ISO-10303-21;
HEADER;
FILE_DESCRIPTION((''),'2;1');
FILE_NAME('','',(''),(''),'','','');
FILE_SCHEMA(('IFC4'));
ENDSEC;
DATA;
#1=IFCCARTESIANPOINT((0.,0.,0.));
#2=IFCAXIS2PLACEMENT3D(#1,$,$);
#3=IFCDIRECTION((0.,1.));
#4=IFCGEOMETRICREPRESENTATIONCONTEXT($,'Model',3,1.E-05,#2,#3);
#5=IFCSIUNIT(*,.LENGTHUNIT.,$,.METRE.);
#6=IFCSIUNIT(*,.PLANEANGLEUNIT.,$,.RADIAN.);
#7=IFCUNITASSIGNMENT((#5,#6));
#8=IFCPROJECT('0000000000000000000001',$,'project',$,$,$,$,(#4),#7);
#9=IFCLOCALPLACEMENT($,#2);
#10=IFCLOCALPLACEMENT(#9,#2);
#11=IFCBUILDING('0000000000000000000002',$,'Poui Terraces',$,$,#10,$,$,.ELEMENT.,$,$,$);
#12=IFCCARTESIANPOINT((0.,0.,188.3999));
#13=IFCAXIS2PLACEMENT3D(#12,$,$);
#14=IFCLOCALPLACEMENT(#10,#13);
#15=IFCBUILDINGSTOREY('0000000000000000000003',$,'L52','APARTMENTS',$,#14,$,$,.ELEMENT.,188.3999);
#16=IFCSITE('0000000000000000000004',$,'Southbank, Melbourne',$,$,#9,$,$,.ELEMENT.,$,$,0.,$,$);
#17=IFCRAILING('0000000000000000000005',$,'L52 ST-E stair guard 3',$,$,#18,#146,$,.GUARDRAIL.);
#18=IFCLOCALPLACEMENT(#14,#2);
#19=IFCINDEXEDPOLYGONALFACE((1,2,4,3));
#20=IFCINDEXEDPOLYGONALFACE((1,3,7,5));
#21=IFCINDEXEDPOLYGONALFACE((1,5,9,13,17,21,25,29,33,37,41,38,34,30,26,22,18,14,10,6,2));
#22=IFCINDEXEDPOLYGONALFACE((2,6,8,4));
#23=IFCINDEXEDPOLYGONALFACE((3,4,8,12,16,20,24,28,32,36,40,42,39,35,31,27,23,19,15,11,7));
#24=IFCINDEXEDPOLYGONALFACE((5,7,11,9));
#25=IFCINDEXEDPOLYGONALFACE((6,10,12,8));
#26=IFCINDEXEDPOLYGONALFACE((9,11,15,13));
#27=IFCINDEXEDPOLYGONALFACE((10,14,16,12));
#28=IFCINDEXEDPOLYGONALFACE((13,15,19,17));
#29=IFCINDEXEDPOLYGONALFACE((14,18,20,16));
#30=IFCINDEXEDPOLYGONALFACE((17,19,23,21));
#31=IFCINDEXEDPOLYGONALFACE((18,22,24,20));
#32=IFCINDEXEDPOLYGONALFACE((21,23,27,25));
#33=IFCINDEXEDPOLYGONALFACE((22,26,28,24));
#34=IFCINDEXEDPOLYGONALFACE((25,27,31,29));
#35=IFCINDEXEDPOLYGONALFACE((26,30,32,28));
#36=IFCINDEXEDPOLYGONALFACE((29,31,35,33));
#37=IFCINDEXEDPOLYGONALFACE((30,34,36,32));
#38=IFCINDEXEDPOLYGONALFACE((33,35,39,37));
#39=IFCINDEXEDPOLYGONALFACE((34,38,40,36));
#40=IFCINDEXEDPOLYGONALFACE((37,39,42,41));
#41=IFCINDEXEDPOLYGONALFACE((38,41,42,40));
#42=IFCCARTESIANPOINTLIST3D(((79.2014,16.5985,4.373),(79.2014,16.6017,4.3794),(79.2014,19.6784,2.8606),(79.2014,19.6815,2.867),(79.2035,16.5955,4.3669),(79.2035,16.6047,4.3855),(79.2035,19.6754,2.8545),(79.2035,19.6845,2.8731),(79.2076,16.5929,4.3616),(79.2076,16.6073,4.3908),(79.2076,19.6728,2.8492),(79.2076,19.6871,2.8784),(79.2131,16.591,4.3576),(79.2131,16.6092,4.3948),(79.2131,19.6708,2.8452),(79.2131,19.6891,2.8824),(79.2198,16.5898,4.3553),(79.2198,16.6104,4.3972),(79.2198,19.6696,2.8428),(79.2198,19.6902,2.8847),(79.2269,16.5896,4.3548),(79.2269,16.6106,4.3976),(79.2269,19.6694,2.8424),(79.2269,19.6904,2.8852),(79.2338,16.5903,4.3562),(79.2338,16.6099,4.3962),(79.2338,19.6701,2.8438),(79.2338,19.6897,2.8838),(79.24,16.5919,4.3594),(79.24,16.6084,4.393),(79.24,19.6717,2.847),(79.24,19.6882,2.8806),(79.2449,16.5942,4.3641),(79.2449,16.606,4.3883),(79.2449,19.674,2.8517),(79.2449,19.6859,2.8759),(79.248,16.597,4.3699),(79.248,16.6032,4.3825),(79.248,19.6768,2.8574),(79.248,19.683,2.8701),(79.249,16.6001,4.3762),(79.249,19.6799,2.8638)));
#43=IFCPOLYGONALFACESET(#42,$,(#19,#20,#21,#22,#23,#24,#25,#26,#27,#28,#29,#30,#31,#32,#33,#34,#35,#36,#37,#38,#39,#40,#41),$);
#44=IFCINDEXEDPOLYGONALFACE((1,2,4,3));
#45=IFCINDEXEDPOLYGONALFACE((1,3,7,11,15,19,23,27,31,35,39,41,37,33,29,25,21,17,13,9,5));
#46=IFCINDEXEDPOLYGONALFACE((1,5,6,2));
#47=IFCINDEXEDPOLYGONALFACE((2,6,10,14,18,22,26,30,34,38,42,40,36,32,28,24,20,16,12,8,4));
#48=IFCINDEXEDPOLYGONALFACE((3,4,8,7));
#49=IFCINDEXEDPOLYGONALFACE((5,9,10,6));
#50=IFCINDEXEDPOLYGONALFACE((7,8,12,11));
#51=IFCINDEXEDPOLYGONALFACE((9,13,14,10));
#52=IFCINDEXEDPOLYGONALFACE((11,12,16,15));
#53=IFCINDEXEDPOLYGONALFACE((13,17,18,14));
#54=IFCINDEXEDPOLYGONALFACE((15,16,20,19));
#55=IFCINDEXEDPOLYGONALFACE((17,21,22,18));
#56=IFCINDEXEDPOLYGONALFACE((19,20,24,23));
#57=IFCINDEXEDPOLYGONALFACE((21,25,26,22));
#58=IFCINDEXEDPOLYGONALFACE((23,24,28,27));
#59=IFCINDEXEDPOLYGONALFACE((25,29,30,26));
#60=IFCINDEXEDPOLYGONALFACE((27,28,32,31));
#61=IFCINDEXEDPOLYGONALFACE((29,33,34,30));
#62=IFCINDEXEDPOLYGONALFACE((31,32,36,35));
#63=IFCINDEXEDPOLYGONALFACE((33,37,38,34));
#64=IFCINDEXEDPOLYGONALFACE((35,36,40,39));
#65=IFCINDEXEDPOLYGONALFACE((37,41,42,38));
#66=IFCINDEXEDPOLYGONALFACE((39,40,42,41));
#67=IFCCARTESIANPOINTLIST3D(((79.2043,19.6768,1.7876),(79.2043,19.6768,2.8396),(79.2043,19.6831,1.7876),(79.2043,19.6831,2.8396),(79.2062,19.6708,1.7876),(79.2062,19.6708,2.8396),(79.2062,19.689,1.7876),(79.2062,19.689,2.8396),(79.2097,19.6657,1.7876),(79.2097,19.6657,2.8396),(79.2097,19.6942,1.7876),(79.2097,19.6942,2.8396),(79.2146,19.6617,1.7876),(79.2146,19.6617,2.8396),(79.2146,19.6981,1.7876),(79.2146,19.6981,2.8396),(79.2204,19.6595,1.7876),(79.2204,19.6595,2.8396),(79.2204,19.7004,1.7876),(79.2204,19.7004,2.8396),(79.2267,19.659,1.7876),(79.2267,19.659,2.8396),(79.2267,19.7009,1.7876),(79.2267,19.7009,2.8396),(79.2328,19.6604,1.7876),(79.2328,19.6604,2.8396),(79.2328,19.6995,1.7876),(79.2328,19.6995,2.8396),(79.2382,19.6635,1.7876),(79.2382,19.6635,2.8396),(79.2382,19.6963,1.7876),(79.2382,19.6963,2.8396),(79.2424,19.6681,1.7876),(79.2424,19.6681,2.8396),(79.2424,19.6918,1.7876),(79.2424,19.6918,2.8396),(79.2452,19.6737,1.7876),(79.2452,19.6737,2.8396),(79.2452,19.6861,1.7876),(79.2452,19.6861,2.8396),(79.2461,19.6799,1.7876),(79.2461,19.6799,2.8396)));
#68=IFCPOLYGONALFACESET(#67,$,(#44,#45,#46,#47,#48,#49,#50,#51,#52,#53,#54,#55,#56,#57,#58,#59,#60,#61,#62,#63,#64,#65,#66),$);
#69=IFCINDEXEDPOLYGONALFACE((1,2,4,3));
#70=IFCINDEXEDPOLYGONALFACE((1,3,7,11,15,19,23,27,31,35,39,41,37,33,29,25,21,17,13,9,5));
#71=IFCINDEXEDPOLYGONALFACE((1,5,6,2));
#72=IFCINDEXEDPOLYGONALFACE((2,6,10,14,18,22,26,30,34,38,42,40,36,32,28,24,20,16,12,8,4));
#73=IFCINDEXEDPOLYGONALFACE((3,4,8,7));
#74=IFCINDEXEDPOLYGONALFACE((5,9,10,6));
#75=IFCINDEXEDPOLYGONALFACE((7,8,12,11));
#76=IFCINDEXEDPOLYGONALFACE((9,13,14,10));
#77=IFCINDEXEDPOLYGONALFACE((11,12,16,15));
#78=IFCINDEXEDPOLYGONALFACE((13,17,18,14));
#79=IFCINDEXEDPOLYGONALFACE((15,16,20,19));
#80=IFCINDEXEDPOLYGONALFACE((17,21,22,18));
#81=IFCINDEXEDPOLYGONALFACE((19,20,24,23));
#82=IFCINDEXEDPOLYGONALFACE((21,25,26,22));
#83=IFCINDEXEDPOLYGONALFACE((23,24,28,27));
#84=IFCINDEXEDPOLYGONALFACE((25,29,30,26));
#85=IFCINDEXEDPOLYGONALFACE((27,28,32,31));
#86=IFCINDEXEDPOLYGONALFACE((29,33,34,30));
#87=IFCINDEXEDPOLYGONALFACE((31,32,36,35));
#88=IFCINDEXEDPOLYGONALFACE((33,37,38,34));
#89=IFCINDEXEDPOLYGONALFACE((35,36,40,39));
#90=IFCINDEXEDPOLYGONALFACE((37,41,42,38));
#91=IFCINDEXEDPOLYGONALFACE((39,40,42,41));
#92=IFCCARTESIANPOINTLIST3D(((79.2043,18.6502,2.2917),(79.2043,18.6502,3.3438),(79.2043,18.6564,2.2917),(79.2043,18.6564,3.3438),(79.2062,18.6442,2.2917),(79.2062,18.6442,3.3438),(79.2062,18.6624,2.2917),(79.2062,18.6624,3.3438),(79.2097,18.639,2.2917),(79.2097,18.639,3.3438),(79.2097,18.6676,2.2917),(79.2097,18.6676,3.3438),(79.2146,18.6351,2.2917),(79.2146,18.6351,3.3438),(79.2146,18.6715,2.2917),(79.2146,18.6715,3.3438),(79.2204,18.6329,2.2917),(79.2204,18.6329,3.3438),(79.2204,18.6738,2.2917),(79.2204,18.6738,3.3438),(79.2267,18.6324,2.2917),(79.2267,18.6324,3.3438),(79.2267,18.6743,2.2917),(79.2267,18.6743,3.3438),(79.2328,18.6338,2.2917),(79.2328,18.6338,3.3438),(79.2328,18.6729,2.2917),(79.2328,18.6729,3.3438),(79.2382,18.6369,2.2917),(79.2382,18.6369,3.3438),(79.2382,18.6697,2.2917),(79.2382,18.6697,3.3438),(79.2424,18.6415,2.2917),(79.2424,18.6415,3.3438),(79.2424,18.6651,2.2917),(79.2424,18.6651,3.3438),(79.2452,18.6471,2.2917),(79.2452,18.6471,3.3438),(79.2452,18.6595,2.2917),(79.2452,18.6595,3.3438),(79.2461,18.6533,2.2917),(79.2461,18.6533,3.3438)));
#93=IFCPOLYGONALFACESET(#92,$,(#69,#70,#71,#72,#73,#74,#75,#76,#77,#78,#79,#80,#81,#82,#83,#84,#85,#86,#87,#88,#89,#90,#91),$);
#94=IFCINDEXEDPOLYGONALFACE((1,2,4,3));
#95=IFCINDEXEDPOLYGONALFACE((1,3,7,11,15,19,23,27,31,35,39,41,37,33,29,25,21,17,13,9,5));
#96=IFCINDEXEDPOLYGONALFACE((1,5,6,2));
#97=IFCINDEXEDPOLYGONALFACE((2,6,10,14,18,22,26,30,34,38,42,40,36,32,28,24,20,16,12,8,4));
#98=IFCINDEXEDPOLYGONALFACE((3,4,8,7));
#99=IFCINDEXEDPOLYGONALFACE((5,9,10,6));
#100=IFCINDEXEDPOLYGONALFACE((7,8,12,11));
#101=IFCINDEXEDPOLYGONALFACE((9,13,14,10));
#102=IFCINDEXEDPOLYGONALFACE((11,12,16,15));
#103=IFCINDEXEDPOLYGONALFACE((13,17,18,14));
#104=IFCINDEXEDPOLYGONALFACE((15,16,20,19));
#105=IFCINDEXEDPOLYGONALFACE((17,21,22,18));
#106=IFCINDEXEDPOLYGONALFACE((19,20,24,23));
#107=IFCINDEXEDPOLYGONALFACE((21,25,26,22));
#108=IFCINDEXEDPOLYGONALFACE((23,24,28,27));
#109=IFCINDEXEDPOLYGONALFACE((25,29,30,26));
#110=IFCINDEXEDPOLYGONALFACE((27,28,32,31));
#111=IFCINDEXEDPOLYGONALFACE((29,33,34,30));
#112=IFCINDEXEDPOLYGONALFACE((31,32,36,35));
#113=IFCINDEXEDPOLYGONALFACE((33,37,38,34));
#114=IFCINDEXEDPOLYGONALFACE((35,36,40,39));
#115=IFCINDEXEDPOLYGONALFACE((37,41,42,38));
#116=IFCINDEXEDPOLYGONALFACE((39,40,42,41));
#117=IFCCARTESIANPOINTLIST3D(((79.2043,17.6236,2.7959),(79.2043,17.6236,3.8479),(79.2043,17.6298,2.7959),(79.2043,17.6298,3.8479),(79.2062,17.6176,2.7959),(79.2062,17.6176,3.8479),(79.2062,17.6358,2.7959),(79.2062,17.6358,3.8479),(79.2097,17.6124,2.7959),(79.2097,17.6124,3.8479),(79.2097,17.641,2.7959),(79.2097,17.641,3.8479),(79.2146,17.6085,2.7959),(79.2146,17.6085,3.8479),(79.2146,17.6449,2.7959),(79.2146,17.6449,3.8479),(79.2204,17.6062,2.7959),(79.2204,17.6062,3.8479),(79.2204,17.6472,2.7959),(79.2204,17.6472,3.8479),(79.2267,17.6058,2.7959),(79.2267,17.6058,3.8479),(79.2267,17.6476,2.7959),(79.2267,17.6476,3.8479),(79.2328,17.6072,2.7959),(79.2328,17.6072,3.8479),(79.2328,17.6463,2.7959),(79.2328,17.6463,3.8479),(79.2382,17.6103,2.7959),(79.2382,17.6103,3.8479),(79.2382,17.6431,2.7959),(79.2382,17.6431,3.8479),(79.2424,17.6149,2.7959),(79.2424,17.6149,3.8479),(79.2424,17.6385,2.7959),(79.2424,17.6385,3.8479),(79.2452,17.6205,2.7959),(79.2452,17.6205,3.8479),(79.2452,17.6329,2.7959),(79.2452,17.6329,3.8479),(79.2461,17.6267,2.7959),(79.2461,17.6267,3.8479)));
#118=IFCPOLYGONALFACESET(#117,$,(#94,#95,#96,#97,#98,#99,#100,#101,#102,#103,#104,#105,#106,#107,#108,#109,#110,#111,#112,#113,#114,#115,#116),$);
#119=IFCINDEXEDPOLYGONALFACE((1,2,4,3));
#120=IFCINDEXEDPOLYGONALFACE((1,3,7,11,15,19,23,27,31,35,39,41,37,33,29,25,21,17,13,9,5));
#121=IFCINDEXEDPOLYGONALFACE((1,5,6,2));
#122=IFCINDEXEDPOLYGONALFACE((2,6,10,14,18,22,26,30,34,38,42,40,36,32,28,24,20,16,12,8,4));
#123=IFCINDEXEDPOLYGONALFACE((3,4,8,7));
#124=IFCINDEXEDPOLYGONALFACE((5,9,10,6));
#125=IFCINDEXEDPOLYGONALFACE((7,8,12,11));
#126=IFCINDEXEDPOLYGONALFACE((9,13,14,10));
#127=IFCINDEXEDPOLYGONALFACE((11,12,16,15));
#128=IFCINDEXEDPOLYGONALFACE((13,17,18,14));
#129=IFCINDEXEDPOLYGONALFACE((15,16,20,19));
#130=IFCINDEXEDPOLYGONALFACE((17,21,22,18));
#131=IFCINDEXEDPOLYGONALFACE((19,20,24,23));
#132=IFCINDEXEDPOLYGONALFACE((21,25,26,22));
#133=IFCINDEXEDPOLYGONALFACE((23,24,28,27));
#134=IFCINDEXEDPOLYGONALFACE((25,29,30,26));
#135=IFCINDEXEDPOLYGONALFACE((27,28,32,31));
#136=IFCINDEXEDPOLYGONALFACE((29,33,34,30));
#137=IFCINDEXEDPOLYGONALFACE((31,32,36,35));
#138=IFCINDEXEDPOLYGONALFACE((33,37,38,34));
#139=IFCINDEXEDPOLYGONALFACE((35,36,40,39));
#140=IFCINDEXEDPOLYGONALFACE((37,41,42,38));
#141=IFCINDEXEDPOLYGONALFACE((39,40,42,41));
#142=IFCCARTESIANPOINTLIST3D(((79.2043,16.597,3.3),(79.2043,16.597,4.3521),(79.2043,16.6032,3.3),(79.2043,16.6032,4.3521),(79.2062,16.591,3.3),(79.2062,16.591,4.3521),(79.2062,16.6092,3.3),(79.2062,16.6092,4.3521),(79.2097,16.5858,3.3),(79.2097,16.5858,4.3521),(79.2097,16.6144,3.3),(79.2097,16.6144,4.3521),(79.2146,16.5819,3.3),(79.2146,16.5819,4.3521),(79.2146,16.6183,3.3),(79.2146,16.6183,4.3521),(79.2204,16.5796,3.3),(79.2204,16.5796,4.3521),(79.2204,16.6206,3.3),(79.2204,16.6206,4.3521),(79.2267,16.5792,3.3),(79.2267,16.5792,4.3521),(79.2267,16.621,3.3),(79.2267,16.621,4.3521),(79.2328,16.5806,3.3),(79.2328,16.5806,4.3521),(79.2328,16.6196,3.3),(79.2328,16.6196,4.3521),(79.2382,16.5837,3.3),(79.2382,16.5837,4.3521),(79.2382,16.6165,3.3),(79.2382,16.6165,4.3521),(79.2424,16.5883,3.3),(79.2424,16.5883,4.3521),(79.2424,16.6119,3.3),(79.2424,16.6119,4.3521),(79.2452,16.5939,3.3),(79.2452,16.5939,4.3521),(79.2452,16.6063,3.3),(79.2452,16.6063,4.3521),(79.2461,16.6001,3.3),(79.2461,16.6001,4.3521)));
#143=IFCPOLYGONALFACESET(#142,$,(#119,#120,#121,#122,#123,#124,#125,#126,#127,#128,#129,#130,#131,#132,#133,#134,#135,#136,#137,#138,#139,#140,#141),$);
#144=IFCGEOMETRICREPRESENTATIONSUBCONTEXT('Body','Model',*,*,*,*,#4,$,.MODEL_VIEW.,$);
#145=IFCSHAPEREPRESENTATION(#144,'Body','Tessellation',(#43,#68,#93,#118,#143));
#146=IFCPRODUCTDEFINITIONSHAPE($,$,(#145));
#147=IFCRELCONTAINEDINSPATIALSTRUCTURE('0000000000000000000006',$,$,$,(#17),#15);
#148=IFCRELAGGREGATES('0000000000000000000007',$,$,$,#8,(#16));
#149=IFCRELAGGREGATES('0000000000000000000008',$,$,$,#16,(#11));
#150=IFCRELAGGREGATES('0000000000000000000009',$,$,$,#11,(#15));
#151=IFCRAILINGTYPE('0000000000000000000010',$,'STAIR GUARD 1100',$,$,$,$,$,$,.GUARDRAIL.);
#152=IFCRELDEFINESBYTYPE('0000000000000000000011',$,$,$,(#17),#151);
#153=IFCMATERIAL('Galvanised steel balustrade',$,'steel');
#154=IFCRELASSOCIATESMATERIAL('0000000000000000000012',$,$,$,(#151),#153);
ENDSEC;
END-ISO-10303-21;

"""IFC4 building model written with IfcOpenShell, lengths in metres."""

from ifc_helpers import new_model, si_unit, direction, frame, origin, origin_2d, place, context, subcontext, project, spatial, circle, extrude, material, type_object, element, save


model = new_model("IFC4")

# Units and contexts
model_context = context("Model", 3, precision=1e-05, world=origin(), true_north=direction((0.0, 1.0)))
body_context = subcontext(model_context, "Body", "Model", "MODEL_VIEW")
ifc_project = project(units=[si_unit("LENGTHUNIT", "METRE"), si_unit("PLANEANGLEUNIT", "RADIAN")], contexts=[model_context])

# Site, building, storey
site_placement = place(None, origin())
site = spatial("IfcSite", under=ifc_project, at=site_placement, Name="Southbank, Melbourne", CompositionType="ELEMENT", RefElevation=0.0)
building_placement = place(site_placement, origin())
building = spatial("IfcBuilding", under=site, at=building_placement, Name="Poui Terraces", CompositionType="ELEMENT")
storey_placement = place(building_placement, frame((0.0, 0.0, 188.3999)))
storey = spatial("IfcBuildingStorey", under=building, at=storey_placement, Name="L52", Description="APARTMENTS", CompositionType="ELEMENT", Elevation=188.3999)

# Railing
ifc_material_1 = material(Name="Galvanised steel balustrade", Category="steel")
railing_type_1 = type_object("IfcRailingType", Name="STAIR GUARD 1100", PredefinedType="GUARDRAIL", material=ifc_material_1)
railing_1_placement = place(storey_placement, frame((79.2251, 19.6799, 1.7876)))
element("IfcRailing", 1, at=railing_1_placement, inside=storey, type_object=railing_type_1, Name="L52 ST-E stair guard 3", PredefinedType="GUARDRAIL", context=body_context, shape_type="SweptSolid", body=[
    extrude(circle(Radius=0.0239, at=origin_2d()), frame((0.0, 0.0, 1.0762), z_axis=(0.0, -0.897606, 0.440798), x_axis=(1.0, 0.0, 0.0)), (0.0, 0.0, 1.0), 3.4312),
    extrude(circle(Radius=0.021, at=origin_2d()), origin(), (0.0, 0.0, 1.0), 1.052),
    extrude(circle(Radius=0.021, at=origin_2d()), frame((0.0, -1.0266, 0.5042)), (0.0, 0.0, 1.0), 1.052),
    extrude(circle(Radius=0.021, at=origin_2d()), frame((0.0, -2.0532, 1.0083)), (0.0, 0.0, 1.0), 1.052),
    extrude(circle(Radius=0.021, at=origin_2d()), frame((0.0, -3.0798, 1.5125)), (0.0, 0.0, 1.0), 1.052),
])

save(model, "model.ifc")
